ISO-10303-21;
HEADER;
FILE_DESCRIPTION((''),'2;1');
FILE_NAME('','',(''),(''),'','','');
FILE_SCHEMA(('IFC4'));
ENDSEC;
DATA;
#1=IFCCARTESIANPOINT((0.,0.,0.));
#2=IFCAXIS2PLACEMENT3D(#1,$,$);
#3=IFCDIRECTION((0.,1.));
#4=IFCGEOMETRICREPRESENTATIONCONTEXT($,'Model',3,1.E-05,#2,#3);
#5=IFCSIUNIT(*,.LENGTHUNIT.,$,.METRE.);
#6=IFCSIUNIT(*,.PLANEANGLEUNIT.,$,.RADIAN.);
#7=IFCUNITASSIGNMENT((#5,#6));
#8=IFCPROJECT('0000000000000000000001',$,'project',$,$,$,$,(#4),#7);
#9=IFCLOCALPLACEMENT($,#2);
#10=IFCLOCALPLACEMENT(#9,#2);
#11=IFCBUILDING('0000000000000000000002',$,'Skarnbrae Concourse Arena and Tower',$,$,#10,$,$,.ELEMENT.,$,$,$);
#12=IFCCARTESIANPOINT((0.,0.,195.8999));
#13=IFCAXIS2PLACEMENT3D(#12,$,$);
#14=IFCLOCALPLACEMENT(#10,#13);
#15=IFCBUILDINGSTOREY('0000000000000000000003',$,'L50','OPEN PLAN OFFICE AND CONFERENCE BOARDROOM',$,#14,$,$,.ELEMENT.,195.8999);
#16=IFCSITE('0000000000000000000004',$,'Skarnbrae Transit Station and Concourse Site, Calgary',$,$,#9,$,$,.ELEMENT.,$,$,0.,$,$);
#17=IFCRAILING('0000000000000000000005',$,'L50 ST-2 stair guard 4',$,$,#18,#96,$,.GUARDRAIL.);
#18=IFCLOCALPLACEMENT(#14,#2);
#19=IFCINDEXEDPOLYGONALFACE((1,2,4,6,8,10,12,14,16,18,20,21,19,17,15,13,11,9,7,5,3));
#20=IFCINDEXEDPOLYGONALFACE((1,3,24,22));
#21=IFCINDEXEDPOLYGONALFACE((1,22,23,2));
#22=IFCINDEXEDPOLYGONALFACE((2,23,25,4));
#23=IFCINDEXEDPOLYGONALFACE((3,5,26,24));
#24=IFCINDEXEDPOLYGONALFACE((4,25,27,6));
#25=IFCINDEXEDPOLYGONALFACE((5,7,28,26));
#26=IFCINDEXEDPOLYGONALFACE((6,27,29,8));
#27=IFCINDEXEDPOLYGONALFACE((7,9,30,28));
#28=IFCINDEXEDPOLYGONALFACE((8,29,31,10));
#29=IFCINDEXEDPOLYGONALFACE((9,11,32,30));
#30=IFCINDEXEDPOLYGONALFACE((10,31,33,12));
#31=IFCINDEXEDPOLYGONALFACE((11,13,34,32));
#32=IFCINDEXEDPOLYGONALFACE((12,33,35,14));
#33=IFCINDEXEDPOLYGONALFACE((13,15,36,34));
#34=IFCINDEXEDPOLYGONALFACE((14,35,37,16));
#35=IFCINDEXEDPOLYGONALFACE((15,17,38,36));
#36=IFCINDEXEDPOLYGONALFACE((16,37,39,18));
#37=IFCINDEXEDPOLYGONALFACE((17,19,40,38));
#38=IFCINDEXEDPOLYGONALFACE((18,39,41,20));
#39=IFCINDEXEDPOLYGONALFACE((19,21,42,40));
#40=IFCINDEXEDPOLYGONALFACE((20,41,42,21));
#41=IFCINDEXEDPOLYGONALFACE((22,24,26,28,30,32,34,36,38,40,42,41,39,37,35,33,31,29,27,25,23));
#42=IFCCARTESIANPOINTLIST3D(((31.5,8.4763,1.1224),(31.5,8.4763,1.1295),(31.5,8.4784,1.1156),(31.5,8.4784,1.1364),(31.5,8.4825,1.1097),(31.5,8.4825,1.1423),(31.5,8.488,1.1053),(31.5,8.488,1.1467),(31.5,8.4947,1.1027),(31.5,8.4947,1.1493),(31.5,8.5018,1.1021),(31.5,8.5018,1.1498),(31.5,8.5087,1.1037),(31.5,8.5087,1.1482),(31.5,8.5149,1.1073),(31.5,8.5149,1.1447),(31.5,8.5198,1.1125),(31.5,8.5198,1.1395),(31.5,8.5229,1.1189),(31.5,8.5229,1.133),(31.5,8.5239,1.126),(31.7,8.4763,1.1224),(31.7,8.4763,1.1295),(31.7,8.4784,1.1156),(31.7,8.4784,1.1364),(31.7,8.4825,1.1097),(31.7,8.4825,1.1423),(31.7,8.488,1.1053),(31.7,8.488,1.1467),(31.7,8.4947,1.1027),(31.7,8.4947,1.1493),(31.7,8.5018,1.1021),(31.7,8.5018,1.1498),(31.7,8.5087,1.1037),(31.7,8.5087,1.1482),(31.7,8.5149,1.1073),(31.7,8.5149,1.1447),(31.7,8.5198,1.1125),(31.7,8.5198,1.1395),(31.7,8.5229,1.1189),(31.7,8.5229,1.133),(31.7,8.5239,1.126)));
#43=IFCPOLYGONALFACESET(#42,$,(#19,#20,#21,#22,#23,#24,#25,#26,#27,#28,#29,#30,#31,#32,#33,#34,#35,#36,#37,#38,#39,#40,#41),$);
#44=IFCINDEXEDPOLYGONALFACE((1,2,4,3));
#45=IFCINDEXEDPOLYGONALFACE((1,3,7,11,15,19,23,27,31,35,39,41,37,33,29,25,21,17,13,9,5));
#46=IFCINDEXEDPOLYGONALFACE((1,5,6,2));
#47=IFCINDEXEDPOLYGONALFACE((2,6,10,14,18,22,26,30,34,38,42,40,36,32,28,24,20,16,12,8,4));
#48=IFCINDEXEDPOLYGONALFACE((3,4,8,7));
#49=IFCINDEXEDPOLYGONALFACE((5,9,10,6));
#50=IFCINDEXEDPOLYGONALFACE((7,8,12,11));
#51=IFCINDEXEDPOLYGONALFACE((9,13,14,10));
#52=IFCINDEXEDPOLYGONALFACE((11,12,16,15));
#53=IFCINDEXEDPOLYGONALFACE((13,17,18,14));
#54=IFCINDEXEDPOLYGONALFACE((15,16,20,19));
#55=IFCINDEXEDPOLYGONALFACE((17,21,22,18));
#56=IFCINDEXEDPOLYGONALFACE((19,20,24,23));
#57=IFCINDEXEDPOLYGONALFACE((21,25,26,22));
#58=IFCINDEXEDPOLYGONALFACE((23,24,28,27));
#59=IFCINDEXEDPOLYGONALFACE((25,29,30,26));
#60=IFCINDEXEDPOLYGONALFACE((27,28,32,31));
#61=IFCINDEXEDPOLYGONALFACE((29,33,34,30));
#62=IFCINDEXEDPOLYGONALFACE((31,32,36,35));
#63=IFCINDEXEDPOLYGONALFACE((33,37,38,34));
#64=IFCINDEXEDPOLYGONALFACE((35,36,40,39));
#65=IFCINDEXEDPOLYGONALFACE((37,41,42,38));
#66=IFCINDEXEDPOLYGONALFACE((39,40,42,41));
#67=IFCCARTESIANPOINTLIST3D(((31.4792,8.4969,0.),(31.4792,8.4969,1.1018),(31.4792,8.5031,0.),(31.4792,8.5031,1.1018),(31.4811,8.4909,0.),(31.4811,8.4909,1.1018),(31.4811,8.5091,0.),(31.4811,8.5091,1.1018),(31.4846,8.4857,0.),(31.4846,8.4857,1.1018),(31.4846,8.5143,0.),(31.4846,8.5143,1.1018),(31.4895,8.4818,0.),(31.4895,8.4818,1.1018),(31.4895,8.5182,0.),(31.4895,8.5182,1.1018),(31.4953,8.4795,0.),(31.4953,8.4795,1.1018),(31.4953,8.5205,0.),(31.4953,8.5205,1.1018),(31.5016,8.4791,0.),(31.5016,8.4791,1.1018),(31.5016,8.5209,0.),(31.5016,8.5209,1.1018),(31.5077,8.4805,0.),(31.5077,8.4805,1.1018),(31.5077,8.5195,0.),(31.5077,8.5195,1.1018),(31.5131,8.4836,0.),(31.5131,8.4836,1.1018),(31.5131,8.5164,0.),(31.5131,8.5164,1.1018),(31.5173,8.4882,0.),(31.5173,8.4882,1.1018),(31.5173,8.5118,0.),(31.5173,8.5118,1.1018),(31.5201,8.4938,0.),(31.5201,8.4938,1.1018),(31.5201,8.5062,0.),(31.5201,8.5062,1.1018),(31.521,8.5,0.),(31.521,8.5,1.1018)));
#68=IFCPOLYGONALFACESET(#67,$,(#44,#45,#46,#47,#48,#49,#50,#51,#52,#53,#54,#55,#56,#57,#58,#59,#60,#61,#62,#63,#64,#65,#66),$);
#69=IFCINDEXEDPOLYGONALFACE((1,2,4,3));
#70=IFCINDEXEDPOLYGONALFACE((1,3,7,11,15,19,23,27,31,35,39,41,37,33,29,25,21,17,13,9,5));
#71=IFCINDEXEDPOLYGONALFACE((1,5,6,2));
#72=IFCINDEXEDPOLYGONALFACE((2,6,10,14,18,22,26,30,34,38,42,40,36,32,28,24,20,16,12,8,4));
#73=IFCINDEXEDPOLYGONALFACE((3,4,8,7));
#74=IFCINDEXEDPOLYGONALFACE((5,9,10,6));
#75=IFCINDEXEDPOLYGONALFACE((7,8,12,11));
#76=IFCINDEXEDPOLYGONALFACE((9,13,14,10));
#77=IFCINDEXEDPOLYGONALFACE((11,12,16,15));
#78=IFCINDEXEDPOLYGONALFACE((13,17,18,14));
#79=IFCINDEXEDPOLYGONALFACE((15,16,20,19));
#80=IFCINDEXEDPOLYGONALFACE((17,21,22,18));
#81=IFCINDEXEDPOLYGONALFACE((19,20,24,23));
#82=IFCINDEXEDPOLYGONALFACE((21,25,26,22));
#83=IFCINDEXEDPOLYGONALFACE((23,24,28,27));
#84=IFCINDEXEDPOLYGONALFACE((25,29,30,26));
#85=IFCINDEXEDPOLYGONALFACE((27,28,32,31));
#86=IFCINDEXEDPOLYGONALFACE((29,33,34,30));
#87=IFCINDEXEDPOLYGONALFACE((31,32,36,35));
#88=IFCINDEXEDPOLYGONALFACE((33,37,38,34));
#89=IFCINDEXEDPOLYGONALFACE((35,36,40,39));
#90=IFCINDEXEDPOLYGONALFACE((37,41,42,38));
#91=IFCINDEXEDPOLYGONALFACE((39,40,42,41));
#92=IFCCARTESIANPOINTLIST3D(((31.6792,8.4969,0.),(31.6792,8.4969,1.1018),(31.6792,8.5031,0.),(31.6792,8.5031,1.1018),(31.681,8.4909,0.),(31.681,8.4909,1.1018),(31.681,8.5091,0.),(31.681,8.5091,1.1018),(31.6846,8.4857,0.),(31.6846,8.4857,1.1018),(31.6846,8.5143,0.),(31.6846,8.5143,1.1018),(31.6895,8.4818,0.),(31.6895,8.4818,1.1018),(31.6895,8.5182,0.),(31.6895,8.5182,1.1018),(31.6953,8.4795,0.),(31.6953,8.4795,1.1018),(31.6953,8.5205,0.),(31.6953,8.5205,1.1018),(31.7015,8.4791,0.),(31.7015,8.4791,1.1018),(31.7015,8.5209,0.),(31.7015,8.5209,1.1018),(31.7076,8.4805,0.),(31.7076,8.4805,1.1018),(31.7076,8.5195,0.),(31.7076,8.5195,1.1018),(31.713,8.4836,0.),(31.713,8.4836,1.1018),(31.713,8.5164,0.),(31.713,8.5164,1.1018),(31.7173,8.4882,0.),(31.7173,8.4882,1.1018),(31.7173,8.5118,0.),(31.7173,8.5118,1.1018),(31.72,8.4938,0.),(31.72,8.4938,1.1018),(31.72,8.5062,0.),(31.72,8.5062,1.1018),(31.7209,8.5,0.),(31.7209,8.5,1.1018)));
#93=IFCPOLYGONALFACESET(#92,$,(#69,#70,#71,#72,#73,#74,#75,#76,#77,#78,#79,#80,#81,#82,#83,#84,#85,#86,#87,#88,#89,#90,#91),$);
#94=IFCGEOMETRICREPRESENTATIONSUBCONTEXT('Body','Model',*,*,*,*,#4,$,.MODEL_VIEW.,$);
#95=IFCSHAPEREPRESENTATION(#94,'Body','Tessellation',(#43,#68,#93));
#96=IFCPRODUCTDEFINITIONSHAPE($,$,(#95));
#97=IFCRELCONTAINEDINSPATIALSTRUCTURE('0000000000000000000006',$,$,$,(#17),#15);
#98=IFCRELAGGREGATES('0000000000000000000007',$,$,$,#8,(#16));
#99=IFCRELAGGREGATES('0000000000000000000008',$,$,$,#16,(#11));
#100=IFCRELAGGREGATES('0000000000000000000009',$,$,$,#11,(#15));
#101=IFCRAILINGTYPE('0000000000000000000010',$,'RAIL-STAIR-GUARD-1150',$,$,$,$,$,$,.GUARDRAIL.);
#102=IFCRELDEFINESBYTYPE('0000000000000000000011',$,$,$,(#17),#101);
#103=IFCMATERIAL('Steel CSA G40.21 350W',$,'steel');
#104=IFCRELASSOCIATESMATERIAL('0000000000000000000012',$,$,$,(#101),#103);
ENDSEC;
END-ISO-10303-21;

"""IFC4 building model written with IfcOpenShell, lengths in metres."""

from ifc_helpers import new_model, si_unit, direction, frame, origin, origin_2d, place, context, subcontext, project, spatial, circle, extrude, material, type_object, element, save


model = new_model("IFC4")

# Units and contexts
model_context = context("Model", 3, precision=1e-05, world=origin(), true_north=direction((0.0, 1.0)))
body_context = subcontext(model_context, "Body", "Model", "MODEL_VIEW")
ifc_project = project(units=[si_unit("LENGTHUNIT", "METRE"), si_unit("PLANEANGLEUNIT", "RADIAN")], contexts=[model_context])

# Site, building, storey
site_placement = place(None, origin())
site = spatial("IfcSite", under=ifc_project, at=site_placement, Name="Skarnbrae Transit Station and Concourse Site, Calgary", CompositionType="ELEMENT", RefElevation=0.0)
building_placement = place(site_placement, origin())
building = spatial("IfcBuilding", under=site, at=building_placement, Name="Skarnbrae Concourse Arena and Tower", CompositionType="ELEMENT")
storey_placement = place(building_placement, frame((0.0, 0.0, 195.8999)))
storey = spatial("IfcBuildingStorey", under=building, at=storey_placement, Name="L50", Description="OPEN PLAN OFFICE AND CONFERENCE BOARDROOM", CompositionType="ELEMENT", Elevation=195.8999)

# Shared definitions
ifc_material_1 = material(Name="Steel CSA G40.21 350W", Category="steel")

# Railing
railing_type = type_object("IfcRailingType", Name="RAIL-STAIR-GUARD-1150", PredefinedType="GUARDRAIL", material=ifc_material_1)
railing_1_placement = place(storey_placement, frame((31.5, 8.5, 0.0)))
element("IfcRailing", 1, at=railing_1_placement, inside=storey, type_object=railing_type, Name="L50 ST-2 stair guard 4", PredefinedType="GUARDRAIL", context=body_context, shape_type="SweptSolid", body=[
    extrude(circle(Radius=0.0239, at=origin_2d()), frame((0.0, 0.0, 1.126), z_axis=(1.0, 0.0, 0.0), x_axis=(0.0, 1.0, 0.0)), (0.0, 0.0, 1.0), 0.2),
    extrude(circle(Radius=0.021, at=origin_2d()), origin(), (0.0, 0.0, 1.0), 1.1018),
    extrude(circle(Radius=0.021, at=origin_2d()), frame((0.2, 0.0, 0.0)), (0.0, 0.0, 1.0), 1.1018),
])

save(model, "model.ifc")
